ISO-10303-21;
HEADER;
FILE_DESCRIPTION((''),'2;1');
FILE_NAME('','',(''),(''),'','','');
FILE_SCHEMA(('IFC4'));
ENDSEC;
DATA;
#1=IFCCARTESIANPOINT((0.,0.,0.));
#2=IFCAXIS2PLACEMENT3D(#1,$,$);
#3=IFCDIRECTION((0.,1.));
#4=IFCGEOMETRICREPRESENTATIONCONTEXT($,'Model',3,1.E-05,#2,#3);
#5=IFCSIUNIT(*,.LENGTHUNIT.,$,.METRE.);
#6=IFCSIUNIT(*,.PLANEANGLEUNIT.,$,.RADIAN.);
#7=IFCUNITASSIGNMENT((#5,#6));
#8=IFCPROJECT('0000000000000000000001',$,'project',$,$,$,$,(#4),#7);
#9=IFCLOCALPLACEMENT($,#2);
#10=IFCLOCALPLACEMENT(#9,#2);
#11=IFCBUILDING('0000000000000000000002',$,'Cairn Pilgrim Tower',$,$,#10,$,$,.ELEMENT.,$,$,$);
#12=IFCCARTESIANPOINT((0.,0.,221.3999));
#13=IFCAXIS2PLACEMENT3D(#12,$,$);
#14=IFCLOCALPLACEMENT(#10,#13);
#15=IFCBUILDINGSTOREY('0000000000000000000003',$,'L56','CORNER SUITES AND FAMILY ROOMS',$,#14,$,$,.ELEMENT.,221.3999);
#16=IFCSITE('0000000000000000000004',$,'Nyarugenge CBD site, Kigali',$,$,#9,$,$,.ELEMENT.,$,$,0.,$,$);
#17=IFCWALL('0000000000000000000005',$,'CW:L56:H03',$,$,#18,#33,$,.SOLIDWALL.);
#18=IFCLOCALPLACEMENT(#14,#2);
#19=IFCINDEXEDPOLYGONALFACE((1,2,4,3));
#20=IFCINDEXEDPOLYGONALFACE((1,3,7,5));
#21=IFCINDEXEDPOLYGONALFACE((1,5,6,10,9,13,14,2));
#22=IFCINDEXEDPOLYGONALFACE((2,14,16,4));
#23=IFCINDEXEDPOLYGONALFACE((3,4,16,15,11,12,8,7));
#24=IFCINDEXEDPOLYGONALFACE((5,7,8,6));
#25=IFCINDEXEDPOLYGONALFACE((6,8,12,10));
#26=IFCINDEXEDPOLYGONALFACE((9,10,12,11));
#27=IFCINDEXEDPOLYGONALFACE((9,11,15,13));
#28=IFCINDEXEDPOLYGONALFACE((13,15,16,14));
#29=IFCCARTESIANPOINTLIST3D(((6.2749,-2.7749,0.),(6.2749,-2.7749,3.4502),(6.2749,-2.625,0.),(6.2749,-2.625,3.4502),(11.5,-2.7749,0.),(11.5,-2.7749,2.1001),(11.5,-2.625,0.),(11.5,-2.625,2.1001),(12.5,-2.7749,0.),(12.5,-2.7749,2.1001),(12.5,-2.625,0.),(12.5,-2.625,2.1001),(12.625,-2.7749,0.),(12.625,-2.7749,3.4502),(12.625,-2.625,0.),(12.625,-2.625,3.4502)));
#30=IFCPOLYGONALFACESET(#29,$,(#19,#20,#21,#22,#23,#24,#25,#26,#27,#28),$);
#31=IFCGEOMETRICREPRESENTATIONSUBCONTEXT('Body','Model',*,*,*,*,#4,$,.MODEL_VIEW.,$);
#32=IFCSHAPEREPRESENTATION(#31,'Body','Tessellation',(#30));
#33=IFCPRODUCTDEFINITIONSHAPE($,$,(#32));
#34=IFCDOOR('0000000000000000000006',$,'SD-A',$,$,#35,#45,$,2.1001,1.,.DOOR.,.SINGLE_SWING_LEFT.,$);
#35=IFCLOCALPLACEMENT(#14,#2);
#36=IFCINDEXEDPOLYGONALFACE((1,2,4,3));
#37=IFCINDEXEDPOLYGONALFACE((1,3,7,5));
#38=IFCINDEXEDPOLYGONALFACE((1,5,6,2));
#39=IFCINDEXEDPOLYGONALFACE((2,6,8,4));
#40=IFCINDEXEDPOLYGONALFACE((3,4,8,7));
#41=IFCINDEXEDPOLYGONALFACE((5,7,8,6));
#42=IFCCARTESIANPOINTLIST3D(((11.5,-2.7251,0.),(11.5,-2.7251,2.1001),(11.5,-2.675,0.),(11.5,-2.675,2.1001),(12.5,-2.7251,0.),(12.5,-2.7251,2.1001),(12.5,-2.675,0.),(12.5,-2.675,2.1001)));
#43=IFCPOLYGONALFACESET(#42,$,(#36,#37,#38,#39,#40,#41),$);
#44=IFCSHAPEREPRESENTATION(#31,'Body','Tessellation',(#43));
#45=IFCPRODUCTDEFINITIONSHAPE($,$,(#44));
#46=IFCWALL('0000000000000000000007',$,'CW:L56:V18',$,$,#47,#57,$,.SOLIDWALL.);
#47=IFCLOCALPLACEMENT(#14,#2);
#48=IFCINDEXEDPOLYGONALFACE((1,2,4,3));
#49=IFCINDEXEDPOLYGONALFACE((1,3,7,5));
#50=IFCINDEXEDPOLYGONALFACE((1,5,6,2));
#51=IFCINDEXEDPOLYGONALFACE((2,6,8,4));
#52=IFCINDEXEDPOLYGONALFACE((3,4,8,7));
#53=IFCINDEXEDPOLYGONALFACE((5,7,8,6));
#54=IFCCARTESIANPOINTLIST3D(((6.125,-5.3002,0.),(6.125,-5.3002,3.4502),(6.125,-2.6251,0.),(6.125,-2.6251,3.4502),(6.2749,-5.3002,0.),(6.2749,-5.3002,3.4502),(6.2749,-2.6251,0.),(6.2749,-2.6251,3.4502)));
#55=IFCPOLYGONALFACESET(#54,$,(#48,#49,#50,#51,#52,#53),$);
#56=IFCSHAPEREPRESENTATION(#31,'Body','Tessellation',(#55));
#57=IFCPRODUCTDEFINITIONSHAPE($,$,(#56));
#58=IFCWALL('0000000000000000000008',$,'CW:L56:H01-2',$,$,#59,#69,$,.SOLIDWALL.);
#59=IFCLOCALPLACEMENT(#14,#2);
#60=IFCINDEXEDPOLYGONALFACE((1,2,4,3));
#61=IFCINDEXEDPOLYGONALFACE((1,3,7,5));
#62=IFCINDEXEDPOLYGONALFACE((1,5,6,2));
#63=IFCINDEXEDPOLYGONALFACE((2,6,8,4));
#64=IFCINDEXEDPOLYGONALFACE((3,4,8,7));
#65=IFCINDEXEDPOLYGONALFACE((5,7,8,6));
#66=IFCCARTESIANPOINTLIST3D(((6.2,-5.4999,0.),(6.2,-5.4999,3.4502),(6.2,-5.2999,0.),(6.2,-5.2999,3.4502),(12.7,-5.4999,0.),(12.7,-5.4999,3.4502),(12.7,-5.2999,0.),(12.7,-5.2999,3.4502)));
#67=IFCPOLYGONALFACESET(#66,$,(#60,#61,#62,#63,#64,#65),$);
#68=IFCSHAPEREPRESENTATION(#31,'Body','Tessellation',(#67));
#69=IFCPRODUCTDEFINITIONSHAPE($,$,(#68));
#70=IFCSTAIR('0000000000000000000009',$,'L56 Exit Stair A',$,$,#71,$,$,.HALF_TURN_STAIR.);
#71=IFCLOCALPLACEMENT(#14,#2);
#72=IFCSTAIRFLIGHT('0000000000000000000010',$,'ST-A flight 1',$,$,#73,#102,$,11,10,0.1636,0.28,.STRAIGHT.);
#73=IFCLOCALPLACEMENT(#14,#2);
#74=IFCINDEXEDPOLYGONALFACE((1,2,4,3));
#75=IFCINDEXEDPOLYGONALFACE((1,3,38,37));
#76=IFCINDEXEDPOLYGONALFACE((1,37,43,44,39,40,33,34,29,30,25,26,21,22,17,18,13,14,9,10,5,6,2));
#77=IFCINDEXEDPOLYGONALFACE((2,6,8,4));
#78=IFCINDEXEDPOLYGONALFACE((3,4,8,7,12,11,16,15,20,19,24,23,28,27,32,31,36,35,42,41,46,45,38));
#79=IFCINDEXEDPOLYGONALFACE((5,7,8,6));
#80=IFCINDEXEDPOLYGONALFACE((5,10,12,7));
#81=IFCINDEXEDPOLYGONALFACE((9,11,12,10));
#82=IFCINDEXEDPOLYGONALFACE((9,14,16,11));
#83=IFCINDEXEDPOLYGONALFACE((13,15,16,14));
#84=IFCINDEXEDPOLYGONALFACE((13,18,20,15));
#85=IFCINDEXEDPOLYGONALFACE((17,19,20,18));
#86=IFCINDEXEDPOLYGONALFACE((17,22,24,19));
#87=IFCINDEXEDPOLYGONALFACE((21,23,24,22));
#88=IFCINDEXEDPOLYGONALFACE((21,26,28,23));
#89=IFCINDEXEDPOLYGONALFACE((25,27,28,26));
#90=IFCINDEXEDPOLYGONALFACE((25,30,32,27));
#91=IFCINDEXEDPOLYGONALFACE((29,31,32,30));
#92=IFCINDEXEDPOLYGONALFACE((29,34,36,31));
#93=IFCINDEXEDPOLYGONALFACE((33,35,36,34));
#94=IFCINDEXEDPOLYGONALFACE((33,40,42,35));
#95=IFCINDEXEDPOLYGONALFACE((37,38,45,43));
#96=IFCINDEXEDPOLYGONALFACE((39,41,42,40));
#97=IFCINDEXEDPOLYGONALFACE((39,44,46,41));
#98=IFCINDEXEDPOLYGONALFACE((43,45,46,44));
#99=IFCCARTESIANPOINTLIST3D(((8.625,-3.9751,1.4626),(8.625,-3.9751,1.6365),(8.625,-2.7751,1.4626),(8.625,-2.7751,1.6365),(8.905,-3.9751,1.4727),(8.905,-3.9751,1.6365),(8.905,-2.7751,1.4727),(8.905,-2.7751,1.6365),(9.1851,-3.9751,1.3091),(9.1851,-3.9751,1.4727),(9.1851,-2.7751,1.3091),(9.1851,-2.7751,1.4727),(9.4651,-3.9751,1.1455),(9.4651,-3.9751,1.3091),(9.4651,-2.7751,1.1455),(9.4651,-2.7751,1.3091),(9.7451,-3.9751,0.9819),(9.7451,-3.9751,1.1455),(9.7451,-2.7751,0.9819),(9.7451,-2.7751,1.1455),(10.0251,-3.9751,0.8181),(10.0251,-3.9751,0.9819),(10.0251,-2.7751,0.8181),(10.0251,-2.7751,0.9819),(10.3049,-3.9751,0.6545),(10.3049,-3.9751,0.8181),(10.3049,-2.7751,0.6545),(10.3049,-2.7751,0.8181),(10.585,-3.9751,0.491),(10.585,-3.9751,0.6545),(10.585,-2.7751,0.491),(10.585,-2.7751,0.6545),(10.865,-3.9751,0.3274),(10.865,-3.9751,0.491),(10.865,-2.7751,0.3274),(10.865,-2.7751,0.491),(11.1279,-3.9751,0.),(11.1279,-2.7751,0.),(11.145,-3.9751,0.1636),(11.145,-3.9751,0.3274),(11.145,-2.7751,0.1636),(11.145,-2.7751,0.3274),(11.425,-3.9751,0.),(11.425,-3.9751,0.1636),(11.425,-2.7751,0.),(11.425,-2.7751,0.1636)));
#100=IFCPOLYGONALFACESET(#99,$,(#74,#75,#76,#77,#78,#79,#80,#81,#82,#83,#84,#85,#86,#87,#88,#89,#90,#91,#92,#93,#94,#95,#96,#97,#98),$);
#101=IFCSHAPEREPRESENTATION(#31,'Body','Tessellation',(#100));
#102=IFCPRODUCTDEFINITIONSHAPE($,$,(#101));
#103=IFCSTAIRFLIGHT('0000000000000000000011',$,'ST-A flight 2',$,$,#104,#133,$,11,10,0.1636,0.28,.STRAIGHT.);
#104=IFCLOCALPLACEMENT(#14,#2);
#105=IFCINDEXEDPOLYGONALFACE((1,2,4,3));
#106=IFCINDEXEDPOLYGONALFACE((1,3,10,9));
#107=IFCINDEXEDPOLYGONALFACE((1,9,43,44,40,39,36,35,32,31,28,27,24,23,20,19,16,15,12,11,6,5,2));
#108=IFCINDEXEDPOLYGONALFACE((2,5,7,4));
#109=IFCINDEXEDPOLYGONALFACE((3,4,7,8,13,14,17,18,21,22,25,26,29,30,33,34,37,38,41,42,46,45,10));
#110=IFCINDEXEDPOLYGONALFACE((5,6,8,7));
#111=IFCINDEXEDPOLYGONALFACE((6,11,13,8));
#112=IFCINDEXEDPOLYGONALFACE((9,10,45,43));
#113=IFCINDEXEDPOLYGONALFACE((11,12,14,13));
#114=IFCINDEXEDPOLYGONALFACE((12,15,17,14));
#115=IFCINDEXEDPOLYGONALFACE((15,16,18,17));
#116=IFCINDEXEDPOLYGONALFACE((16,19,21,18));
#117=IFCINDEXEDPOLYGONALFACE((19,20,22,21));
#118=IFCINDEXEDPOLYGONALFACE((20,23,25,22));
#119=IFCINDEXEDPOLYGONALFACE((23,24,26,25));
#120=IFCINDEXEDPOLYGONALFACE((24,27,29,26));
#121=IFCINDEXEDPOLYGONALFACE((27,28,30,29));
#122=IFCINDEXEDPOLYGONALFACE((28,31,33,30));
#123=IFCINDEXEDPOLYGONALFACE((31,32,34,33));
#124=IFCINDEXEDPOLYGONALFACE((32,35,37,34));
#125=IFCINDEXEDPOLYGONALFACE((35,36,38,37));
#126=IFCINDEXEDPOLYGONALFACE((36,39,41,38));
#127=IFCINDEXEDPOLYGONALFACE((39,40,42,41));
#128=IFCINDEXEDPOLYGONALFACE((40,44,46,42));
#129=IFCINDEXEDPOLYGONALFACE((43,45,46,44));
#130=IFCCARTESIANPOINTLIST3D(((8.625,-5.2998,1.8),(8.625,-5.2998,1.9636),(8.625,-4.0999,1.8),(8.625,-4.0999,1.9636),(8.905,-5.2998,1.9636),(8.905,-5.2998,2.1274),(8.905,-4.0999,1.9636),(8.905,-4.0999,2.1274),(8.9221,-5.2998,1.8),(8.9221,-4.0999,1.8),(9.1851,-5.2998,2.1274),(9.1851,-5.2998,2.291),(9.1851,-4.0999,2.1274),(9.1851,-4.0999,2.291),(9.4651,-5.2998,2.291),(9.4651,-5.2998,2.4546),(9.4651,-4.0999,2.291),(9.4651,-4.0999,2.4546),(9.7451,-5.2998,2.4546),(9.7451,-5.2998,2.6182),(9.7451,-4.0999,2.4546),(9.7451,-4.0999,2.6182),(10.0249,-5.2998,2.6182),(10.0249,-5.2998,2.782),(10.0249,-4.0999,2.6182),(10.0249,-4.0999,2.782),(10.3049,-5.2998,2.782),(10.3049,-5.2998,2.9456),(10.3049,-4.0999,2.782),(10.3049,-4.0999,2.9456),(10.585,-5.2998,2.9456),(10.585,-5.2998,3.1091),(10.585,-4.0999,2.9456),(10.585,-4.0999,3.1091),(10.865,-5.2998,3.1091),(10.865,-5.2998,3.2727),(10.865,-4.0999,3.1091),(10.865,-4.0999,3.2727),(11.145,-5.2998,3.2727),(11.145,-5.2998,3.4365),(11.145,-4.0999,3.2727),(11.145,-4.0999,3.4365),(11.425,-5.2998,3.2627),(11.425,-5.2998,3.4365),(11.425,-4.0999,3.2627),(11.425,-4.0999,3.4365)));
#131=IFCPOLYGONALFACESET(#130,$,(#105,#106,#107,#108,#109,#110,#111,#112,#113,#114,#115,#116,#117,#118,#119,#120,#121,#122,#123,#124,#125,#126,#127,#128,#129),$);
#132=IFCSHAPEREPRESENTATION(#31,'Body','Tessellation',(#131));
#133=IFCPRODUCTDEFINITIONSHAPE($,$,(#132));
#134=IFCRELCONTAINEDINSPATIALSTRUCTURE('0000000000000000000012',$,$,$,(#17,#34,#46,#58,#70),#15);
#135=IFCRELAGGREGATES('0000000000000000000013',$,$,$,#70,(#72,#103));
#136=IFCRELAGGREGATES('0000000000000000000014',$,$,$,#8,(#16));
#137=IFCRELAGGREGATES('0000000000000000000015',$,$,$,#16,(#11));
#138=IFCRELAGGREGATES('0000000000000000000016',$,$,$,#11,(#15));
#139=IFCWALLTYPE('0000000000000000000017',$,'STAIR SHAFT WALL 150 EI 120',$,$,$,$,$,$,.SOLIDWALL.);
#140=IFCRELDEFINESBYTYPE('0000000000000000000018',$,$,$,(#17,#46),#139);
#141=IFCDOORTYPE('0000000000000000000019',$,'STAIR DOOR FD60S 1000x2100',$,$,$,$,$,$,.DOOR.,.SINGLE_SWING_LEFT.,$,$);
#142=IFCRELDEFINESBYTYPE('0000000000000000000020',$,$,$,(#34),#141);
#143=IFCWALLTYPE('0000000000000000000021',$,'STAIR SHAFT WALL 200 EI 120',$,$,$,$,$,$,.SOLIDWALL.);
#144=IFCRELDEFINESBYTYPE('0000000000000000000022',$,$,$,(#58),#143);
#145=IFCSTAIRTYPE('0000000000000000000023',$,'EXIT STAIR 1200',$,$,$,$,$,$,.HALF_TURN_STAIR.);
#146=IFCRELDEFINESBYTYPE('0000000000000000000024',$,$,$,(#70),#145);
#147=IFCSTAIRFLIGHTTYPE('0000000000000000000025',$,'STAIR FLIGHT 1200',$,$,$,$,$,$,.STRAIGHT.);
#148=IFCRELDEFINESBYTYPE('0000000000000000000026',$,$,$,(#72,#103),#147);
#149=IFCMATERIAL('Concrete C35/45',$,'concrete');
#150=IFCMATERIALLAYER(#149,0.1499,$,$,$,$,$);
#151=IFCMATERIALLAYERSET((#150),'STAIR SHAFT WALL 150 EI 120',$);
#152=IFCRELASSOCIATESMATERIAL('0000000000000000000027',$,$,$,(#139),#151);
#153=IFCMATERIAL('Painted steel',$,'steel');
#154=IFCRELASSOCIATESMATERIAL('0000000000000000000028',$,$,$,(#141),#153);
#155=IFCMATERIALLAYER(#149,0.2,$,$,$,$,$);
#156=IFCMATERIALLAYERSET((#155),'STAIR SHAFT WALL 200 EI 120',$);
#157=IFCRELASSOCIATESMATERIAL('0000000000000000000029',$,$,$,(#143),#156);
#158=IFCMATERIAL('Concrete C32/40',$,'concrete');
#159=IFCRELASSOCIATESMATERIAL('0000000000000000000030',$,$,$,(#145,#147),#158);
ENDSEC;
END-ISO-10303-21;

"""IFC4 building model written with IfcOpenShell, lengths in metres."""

from ifc_helpers import new_model, si_unit, direction, frame, frame_2d, origin, place, context, subcontext, project, spatial, polyline, rectangle, outline, extrude, material, layer, layer_set, type_object, element, fill, aggregate, save


model = new_model("IFC4")

# Units and contexts
model_context = context("Model", 3, precision=1e-05, world=origin(), true_north=direction((0.0, 1.0)))
body_context = subcontext(model_context, "Body", "Model", "MODEL_VIEW")
ifc_project = project(units=[si_unit("LENGTHUNIT", "METRE"), si_unit("PLANEANGLEUNIT", "RADIAN")], contexts=[model_context])

# Site, building, storey
site_placement = place(None, origin())
site = spatial("IfcSite", under=ifc_project, at=site_placement, Name="Nyarugenge CBD site, Kigali", CompositionType="ELEMENT", RefElevation=0.0)
building_placement = place(site_placement, origin())
building = spatial("IfcBuilding", under=site, at=building_placement, Name="Cairn Pilgrim Tower", CompositionType="ELEMENT")
storey_placement = place(building_placement, frame((0.0, 0.0, 221.3999)))
storey = spatial("IfcBuildingStorey", under=building, at=storey_placement, Name="L56", Description="CORNER SUITES AND FAMILY ROOMS", CompositionType="ELEMENT", Elevation=221.3999)

# Shared definitions
ifc_material_1 = material(Name="Concrete C35/45", Category="concrete")

# Shared definitions
ifc_material_2 = material(Name="Concrete C32/40", Category="concrete")

# Shared definitions
ifc_material_3 = material(Name="Painted steel", Category="steel")

# Wall, opening, door
ifc_layer_1 = layer(ifc_material_1, 0.1499)
ifc_layer_set_1 = layer_set([ifc_layer_1], Name="STAIR SHAFT WALL 150 EI 120")
wall_type_1 = type_object("IfcWallType", Name="STAIR SHAFT WALL 150 EI 120", PredefinedType="SOLIDWALL", material=ifc_layer_set_1)
wall_1_placement = place(storey_placement, frame((6.2749, -2.7, 0.0), z_axis=(0.0, 0.0, 1.0), x_axis=(1.0, 0.0, 0.0)))
wall_1 = element("IfcWall", 1, at=wall_1_placement, inside=storey, type_object=wall_type_1, Name="CW:L56:H03", PredefinedType="SOLIDWALL", context=body_context, shape_type="SweptSolid", body=[
    extrude(rectangle(XDim=6.3501, YDim=0.1499, at=frame_2d((3.175, 0.0))), origin(), (0.0, 0.0, 1.0), 3.4502),
])
opening_1_placement = place(wall_1_placement, frame((5.2251, 0.0, 0.0)))
opening_1 = element("IfcOpeningElement", 2, at=opening_1_placement, cuts=wall_1, PredefinedType="OPENING", context=body_context, shape_type="SweptSolid", body=[
    extrude(rectangle(XDim=1.0, YDim=2.1001, at=frame_2d((0.5, 1.05))), frame((0.0, 0.085, 0.0), z_axis=(0.0, -1.0, 0.0), x_axis=(1.0, 0.0, 0.0)), (0.0, 0.0, 1.0), 0.1699),
])
door_type_1 = type_object("IfcDoorType", Name="STAIR DOOR FD60S 1000x2100", OperationType="SINGLE_SWING_LEFT", PredefinedType="DOOR", material=ifc_material_3)
door_1_placement = place(opening_1_placement, origin())
door_1 = element("IfcDoor", 3, at=door_1_placement, inside=storey, type_object=door_type_1, Name="SD-A", OperationType="SINGLE_SWING_LEFT", OverallHeight=2.1001, OverallWidth=1.0, PredefinedType="DOOR", context=body_context, shape_type="SweptSolid", body=[
    extrude(rectangle(XDim=1.0, YDim=2.1001, at=frame_2d((0.5, 1.05))), frame((0.0, 0.0249, 0.0), z_axis=(0.0, -1.0, 0.0), x_axis=(1.0, 0.0, 0.0)), (0.0, 0.0, 1.0), 0.05),
])
fill(opening_1, door_1)

# Walls
wall_2_placement = place(storey_placement, frame((6.2, -5.3, 0.0), z_axis=(0.0, 0.0, 1.0), x_axis=(0.0, 1.0, 0.0)))
element("IfcWall", 4, at=wall_2_placement, inside=storey, type_object=wall_type_1, Name="CW:L56:V18", PredefinedType="SOLIDWALL", context=body_context, shape_type="SweptSolid", body=[
    extrude(rectangle(XDim=2.675, YDim=0.1499, at=frame_2d((1.3374, 0.0))), origin(), (0.0, 0.0, 1.0), 3.4502),
])
ifc_layer_2 = layer(ifc_material_1, 0.2)
ifc_layer_set_2 = layer_set([ifc_layer_2], Name="STAIR SHAFT WALL 200 EI 120")
wall_type_2 = type_object("IfcWallType", Name="STAIR SHAFT WALL 200 EI 120", PredefinedType="SOLIDWALL", material=ifc_layer_set_2)
wall_3_placement = place(storey_placement, frame((6.2, -5.3999, 0.0), z_axis=(0.0, 0.0, 1.0), x_axis=(1.0, 0.0, 0.0)))
element("IfcWall", 5, at=wall_3_placement, inside=storey, type_object=wall_type_2, Name="CW:L56:H01-2", PredefinedType="SOLIDWALL", context=body_context, shape_type="SweptSolid", body=[
    extrude(rectangle(XDim=6.5, YDim=0.2, at=frame_2d((3.25, 0.0))), origin(), (0.0, 0.0, 1.0), 3.4502),
])

# Stair, stair flights
stair_type = type_object("IfcStairType", Name="EXIT STAIR 1200", PredefinedType="HALF_TURN_STAIR", material=ifc_material_2)
stair_placement = place(storey_placement, origin())
stair = element("IfcStair", 6, at=stair_placement, inside=storey, type_object=stair_type, Name="L56 Exit Stair A", PredefinedType="HALF_TURN_STAIR")
stair_flight_type = type_object("IfcStairFlightType", Name="STAIR FLIGHT 1200", PredefinedType="STRAIGHT", material=ifc_material_2)
stair_flight_1_placement = place(storey_placement, frame((11.425, -3.375, 0.0), z_axis=(0.0, 0.0, 1.0), x_axis=(-1.0, 0.0, 0.0)))
stair_flight_1 = element("IfcStairFlight", 7, at=stair_flight_1_placement, type_object=stair_flight_type, Name="ST-A flight 1", NumberOfRisers=11, NumberOfTreads=10, PredefinedType="STRAIGHT", RiserHeight=0.1636, TreadLength=0.28, context=body_context, shape_type="SweptSolid", body=[
    extrude(outline(polyline([(0.0, 0.0), (0.0, 0.1636), (0.28, 0.1636), (0.28, 0.3274), (0.5601, 0.3274), (0.5601, 0.491), (0.8401, 0.491), (0.8401, 0.6545), (1.1201, 0.6545), (1.1201, 0.8181), (1.3999, 0.8181), (1.3999, 0.9819), (1.6799, 0.9819), (1.6799, 1.1455), (1.96, 1.1455), (1.96, 1.3091), (2.24, 1.3091), (2.24, 1.4727), (2.52, 1.4727), (2.52, 1.6365), (2.8, 1.6365), (2.8, 1.8), (2.8, 1.4626), (0.2971, 0.0), (0.0, 0.0)])), frame((0.0, 0.6001, 0.0), z_axis=(0.0, -1.0, 0.0), x_axis=(1.0, 0.0, 0.0)), (0.0, 0.0, 1.0), 1.2),
])
stair_flight_2_placement = place(storey_placement, frame((8.625, -4.7, 1.8), z_axis=(0.0, 0.0, 1.0), x_axis=(1.0, 0.0, 0.0)))
stair_flight_2 = element("IfcStairFlight", 8, at=stair_flight_2_placement, type_object=stair_flight_type, Name="ST-A flight 2", NumberOfRisers=11, NumberOfTreads=10, PredefinedType="STRAIGHT", RiserHeight=0.1636, TreadLength=0.28, context=body_context, shape_type="SweptSolid", body=[
    extrude(outline(polyline([(0.0, 0.0), (0.0, 0.1636), (0.28, 0.1636), (0.28, 0.3274), (0.5601, 0.3274), (0.5601, 0.491), (0.8401, 0.491), (0.8401, 0.6545), (1.1201, 0.6545), (1.1201, 0.8181), (1.3999, 0.8181), (1.3999, 0.9819), (1.6799, 0.9819), (1.6799, 1.1455), (1.96, 1.1455), (1.96, 1.3091), (2.24, 1.3091), (2.24, 1.4727), (2.52, 1.4727), (2.52, 1.6365), (2.8, 1.6365), (2.8, 1.8), (2.8, 1.4626), (0.2971, 0.0), (0.0, 0.0)])), frame((0.0, 0.6001, 0.0), z_axis=(0.0, -1.0, 0.0), x_axis=(1.0, 0.0, 0.0)), (0.0, 0.0, 1.0), 1.2),
])
aggregate(stair, [stair_flight_1, stair_flight_2])

save(model, "model.ifc")
